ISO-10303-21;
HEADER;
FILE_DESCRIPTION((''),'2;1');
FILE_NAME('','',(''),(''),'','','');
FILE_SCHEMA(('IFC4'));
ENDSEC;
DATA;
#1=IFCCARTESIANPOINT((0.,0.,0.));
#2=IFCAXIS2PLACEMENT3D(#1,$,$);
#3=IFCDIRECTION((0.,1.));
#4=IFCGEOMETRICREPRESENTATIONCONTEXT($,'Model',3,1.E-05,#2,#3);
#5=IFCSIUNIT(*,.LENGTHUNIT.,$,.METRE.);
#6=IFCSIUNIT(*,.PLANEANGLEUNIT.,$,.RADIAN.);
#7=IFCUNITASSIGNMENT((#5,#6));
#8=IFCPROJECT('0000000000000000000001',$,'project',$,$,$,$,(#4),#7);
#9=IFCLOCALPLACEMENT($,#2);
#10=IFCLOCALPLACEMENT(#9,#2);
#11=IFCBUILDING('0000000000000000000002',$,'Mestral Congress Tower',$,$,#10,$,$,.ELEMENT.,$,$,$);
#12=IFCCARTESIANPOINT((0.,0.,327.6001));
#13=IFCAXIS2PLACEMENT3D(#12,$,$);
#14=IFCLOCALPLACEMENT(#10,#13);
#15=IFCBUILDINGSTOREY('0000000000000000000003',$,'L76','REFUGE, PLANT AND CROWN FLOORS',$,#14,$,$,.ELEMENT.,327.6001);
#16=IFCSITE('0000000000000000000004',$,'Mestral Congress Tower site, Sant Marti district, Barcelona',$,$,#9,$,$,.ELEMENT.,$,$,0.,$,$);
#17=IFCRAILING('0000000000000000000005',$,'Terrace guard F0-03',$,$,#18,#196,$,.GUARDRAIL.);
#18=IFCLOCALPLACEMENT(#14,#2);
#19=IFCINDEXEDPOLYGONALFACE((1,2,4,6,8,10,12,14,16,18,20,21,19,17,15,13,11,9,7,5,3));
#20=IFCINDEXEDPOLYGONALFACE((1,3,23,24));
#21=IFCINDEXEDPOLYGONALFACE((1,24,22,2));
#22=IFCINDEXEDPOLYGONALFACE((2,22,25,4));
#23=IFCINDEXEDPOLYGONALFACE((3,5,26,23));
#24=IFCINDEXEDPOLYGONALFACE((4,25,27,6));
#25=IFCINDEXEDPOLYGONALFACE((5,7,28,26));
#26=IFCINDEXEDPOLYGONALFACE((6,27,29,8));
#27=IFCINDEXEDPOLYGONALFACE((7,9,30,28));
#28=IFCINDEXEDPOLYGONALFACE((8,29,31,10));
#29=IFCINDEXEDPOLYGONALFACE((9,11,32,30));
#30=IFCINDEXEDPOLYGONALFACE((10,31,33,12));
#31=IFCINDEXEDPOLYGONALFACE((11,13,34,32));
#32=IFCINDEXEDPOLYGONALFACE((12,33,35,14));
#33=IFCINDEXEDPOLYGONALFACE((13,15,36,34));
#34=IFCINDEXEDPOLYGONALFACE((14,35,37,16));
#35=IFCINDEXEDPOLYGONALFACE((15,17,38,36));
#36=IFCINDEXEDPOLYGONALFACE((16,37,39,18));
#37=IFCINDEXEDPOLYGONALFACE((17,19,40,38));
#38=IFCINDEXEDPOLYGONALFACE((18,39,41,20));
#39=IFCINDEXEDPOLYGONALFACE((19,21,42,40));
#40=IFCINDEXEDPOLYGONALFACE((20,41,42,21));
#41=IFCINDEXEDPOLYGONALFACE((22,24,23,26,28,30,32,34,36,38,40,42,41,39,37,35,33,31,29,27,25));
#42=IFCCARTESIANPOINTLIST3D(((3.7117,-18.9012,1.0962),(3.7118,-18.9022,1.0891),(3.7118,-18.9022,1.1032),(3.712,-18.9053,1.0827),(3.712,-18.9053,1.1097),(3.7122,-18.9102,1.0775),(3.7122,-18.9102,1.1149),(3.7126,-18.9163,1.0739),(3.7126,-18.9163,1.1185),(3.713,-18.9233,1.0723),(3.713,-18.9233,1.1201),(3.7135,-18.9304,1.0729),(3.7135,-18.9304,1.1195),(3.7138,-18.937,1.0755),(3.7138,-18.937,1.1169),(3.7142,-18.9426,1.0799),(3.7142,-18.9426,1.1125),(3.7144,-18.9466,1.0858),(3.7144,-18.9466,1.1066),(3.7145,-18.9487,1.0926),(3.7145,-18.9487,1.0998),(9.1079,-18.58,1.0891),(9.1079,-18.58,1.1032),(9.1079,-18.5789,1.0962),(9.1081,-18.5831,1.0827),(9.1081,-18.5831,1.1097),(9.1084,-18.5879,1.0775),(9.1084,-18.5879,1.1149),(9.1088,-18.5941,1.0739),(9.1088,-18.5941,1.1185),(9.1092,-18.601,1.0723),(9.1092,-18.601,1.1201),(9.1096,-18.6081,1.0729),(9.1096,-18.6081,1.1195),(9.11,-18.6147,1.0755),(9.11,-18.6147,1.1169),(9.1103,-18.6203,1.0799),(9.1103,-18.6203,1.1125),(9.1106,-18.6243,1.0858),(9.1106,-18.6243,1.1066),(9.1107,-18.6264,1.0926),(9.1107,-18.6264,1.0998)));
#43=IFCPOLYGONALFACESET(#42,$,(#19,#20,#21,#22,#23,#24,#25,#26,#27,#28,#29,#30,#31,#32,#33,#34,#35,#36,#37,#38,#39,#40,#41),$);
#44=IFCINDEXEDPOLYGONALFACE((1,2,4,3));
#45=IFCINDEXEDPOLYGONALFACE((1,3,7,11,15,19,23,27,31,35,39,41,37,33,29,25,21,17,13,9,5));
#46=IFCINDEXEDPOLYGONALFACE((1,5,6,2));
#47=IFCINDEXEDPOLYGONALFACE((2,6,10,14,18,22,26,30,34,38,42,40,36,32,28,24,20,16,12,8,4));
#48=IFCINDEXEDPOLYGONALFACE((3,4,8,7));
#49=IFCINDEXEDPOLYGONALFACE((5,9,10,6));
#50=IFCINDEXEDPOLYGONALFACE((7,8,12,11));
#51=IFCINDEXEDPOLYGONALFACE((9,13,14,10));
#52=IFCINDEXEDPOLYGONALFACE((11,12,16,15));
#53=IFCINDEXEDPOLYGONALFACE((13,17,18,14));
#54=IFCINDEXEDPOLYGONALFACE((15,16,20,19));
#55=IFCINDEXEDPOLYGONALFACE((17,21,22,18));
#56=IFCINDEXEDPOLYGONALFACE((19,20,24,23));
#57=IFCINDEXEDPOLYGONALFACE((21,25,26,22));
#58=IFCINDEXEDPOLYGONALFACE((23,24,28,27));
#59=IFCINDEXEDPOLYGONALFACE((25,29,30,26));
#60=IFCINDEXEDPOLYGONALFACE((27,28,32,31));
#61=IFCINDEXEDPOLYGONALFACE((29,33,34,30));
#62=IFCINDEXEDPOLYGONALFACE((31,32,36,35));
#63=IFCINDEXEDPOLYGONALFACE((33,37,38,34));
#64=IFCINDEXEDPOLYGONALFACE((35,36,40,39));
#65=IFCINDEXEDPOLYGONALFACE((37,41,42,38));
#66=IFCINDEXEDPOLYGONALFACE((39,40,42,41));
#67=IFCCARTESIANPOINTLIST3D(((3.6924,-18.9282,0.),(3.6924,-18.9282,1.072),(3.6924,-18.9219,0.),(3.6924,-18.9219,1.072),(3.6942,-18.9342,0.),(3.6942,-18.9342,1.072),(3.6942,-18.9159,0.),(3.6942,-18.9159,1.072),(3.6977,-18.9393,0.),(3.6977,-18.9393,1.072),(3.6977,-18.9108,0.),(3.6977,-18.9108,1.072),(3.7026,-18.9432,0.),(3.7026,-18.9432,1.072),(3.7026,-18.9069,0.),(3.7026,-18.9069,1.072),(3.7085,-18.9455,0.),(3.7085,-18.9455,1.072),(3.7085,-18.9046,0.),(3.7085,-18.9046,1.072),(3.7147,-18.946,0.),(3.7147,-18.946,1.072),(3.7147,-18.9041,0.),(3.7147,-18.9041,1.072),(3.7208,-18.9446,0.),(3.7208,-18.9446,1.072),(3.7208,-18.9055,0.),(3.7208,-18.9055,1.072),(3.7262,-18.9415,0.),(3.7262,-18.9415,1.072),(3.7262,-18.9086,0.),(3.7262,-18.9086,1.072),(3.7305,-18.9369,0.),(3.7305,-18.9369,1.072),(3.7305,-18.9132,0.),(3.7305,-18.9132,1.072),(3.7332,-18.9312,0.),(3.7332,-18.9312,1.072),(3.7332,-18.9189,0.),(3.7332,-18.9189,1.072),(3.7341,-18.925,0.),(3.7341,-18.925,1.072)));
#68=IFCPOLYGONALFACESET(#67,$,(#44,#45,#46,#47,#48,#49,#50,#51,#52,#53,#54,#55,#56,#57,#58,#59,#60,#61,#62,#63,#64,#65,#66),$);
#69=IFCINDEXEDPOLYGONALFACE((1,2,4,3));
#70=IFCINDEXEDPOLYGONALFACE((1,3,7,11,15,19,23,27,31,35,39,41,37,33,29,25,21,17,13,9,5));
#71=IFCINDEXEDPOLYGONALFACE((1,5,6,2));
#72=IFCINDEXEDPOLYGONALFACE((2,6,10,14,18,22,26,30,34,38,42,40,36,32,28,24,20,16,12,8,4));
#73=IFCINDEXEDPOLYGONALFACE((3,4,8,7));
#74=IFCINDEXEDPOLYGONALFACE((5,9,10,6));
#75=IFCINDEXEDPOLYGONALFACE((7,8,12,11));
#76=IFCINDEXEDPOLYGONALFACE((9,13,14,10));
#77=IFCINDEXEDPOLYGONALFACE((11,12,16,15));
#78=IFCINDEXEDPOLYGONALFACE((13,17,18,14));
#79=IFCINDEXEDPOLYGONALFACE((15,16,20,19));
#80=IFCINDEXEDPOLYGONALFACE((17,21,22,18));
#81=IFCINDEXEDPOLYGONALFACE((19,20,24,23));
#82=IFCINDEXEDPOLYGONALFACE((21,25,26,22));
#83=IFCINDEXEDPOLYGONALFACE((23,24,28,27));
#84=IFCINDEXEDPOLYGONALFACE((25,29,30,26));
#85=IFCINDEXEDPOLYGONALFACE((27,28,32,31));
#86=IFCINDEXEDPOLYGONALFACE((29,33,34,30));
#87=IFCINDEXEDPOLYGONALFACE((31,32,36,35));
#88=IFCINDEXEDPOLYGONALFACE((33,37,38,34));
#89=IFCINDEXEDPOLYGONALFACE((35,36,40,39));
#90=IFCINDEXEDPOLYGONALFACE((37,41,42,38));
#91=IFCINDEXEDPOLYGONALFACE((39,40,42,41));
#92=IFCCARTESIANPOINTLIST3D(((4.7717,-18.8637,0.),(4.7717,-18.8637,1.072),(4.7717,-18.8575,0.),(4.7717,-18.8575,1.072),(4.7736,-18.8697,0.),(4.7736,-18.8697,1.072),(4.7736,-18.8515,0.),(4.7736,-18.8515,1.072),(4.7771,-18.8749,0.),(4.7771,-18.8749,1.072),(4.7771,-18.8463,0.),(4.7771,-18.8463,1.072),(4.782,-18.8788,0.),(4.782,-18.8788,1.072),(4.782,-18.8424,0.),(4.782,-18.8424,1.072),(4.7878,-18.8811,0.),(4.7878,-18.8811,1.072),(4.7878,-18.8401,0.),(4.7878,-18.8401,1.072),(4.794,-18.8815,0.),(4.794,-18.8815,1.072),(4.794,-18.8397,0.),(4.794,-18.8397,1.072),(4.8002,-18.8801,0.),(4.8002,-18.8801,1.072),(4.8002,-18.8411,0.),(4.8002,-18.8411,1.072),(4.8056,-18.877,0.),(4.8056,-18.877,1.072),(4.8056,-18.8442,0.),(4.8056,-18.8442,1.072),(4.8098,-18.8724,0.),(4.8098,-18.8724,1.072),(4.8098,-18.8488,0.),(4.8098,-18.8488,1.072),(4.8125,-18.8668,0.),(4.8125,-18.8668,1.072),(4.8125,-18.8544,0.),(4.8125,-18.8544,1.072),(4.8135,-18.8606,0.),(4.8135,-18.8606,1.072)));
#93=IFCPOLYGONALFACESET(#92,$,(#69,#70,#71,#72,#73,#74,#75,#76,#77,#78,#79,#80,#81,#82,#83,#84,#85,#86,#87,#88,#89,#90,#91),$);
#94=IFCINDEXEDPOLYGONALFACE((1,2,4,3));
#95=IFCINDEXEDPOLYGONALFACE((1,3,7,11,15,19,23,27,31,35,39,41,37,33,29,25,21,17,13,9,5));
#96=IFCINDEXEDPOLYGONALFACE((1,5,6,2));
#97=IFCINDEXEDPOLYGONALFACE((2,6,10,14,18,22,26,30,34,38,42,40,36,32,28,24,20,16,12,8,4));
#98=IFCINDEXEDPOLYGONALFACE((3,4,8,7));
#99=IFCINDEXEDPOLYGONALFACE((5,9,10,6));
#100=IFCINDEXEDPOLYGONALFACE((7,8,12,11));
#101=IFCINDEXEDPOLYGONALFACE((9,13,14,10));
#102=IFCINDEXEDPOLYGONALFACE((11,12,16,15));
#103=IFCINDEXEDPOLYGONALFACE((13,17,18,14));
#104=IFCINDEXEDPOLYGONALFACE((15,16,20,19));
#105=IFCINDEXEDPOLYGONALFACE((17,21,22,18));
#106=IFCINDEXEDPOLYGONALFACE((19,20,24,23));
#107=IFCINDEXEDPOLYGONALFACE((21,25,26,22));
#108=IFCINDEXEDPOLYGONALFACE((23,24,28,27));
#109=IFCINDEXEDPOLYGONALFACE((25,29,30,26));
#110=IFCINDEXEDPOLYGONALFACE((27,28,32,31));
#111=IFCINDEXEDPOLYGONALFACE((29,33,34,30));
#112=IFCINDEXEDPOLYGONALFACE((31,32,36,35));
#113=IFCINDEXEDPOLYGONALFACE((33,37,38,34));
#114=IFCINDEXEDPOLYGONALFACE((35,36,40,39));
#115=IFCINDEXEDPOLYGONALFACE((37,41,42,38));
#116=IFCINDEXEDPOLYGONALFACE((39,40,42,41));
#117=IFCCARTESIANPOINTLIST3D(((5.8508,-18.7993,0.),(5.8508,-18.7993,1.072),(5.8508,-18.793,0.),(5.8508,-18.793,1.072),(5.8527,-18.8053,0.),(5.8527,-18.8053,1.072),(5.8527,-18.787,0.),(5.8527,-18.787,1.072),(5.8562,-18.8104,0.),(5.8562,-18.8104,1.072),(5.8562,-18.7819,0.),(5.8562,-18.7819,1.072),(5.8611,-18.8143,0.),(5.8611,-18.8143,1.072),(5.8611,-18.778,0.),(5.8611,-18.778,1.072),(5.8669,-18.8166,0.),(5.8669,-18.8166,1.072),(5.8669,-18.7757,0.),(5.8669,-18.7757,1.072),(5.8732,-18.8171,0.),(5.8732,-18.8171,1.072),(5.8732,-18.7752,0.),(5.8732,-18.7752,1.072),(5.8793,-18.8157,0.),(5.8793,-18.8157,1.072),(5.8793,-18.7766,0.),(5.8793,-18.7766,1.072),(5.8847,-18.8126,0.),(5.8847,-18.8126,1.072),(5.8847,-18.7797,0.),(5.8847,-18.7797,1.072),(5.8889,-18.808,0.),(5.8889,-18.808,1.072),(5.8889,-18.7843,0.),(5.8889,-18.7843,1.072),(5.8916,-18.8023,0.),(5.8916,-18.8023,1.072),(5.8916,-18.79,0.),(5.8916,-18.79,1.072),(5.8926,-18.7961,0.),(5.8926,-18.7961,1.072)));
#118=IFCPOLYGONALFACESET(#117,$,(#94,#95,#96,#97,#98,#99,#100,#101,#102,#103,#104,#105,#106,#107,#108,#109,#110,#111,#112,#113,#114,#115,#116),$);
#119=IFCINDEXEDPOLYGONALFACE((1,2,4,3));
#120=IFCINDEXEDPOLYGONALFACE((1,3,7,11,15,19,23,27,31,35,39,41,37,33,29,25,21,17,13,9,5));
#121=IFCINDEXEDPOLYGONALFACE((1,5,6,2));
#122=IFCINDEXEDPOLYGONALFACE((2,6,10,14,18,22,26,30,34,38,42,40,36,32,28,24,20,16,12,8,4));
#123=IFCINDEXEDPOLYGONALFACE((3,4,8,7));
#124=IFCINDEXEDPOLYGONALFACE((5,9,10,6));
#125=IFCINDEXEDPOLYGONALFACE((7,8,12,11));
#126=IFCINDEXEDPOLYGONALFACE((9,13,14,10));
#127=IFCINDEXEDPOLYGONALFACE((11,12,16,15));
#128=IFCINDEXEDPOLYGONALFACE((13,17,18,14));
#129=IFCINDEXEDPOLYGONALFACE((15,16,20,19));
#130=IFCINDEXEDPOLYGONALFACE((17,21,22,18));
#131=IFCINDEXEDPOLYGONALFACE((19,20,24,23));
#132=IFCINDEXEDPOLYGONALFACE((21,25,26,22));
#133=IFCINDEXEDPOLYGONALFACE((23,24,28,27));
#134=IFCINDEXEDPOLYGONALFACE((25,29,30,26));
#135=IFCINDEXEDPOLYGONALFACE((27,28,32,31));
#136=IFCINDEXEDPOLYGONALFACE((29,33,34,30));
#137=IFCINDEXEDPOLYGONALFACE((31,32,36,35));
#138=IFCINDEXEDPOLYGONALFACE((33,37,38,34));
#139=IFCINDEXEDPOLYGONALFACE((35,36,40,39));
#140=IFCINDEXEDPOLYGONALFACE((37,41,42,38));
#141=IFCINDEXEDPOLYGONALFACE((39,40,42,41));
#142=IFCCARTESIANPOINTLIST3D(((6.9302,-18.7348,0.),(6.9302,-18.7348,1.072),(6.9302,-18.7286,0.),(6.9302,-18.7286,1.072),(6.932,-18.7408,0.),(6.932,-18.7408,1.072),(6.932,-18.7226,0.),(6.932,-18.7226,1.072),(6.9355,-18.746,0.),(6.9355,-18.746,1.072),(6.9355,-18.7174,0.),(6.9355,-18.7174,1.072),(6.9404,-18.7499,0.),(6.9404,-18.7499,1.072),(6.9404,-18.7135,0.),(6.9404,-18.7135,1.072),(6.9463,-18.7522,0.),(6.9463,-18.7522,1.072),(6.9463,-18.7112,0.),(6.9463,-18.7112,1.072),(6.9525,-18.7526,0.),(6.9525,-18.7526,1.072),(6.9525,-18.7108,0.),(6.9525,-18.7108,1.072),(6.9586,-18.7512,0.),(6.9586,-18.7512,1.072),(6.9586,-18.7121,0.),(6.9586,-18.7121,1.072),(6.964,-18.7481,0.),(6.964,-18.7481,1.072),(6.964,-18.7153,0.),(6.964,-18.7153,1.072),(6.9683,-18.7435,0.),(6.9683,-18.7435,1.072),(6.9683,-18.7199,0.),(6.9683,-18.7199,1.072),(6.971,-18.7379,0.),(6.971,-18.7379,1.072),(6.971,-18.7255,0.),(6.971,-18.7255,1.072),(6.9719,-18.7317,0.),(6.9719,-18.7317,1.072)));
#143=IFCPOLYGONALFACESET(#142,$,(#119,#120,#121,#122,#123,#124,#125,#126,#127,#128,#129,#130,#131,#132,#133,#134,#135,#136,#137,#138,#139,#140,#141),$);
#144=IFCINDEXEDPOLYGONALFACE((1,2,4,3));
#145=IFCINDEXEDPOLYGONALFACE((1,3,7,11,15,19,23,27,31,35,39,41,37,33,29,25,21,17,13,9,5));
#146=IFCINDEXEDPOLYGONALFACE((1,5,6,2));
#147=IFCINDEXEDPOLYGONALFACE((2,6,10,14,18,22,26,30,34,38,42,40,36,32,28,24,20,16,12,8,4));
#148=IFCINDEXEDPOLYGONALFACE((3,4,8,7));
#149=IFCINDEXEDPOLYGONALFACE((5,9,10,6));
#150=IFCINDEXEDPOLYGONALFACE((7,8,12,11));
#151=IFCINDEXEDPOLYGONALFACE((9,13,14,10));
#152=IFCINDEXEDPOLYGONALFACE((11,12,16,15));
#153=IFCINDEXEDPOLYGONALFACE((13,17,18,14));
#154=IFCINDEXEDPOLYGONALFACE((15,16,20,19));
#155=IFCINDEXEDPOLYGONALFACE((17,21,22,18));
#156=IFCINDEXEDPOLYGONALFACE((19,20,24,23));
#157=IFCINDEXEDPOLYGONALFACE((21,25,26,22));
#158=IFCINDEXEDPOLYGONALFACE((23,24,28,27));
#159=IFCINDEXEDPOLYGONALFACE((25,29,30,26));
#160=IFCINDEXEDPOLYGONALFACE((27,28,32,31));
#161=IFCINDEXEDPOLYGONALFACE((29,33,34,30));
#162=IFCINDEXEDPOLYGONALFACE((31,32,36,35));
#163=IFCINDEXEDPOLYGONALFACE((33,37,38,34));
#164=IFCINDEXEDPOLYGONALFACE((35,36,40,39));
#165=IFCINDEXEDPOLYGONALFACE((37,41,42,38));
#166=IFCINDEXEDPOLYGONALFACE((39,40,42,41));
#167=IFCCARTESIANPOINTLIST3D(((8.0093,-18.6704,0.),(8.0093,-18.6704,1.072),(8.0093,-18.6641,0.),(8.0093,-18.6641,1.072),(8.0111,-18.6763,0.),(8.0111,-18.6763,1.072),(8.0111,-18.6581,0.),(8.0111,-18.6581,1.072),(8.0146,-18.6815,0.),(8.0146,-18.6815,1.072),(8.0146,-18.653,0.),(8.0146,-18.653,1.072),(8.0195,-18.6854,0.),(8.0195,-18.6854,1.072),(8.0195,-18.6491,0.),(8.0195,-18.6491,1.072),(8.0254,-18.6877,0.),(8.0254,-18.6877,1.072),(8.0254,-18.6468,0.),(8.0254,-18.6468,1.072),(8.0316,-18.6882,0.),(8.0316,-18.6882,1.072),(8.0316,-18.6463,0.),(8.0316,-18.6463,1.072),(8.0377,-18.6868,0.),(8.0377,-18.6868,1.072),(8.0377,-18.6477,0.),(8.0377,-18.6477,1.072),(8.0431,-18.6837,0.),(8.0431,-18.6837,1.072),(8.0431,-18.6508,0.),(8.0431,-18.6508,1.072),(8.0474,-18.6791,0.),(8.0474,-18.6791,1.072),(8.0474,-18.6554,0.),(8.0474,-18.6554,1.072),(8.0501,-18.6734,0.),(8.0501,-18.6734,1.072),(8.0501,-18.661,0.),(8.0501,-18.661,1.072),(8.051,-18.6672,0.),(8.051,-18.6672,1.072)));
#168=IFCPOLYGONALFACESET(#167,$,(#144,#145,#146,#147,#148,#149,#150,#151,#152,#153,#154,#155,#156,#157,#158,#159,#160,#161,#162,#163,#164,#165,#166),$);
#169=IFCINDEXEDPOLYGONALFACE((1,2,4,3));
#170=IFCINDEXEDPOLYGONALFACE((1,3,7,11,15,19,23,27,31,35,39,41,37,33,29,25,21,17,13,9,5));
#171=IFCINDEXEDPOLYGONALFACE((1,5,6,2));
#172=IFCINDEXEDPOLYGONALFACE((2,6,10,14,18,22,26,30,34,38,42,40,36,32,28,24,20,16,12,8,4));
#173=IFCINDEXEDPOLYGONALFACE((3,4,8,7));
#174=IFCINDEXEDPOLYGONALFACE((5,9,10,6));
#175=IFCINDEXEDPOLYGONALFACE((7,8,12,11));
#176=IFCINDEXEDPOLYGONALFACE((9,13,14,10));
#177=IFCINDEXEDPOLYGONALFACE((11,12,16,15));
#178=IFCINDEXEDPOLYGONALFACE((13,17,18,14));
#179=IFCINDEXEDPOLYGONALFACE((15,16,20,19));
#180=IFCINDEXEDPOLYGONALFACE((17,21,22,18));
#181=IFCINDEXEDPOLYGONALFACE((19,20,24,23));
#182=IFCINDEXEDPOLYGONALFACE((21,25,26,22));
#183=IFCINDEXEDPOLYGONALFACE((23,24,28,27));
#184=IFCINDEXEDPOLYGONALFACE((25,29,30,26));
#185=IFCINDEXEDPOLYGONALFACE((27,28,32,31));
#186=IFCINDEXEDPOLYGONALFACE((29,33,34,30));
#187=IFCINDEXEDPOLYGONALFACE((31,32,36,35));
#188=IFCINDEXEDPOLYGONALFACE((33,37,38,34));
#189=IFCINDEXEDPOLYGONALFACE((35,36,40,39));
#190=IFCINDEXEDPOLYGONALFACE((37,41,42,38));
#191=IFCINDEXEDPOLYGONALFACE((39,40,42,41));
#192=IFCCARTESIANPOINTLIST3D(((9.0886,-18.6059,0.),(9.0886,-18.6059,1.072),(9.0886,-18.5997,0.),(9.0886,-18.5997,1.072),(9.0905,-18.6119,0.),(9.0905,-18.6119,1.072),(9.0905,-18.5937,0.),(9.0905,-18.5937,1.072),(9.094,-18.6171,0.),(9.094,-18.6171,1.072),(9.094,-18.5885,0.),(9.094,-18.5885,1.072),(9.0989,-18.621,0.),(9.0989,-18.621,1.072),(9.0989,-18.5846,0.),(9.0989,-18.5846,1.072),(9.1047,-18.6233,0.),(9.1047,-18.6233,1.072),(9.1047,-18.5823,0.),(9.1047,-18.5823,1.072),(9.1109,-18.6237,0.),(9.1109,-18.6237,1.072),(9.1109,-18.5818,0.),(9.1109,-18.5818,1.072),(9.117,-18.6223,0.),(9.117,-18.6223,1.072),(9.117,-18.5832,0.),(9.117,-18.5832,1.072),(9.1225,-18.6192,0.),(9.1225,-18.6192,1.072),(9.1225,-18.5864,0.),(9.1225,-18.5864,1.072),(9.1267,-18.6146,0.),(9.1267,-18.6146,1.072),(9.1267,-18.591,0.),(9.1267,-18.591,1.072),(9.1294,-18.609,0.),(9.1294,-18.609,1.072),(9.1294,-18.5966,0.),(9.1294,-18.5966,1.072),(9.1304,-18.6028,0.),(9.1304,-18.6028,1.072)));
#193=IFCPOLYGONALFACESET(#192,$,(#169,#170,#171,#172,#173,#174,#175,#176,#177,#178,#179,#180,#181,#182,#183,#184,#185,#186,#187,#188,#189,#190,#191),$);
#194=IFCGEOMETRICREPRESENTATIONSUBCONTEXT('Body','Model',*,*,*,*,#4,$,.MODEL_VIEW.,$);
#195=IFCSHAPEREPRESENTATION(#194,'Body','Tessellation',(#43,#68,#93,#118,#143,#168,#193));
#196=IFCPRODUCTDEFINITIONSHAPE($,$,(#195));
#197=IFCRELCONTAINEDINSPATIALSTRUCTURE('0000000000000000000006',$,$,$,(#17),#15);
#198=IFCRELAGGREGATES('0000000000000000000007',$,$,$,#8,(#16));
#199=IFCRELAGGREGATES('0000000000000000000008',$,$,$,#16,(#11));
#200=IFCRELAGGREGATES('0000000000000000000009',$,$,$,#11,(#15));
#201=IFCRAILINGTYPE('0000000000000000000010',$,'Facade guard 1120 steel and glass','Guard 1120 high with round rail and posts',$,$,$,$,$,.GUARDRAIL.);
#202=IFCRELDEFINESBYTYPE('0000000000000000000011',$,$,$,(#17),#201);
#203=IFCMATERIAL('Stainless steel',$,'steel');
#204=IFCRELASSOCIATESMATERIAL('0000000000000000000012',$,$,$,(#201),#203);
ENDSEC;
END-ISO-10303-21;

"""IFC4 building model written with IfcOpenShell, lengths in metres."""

from ifc_helpers import new_model, si_unit, direction, frame, origin, origin_2d, place, context, subcontext, project, spatial, circle, extrude, material, type_object, element, save


model = new_model("IFC4")

# Units and contexts
model_context = context("Model", 3, precision=1e-05, world=origin(), true_north=direction((0.0, 1.0)))
body_context = subcontext(model_context, "Body", "Model", "MODEL_VIEW")
ifc_project = project(units=[si_unit("LENGTHUNIT", "METRE"), si_unit("PLANEANGLEUNIT", "RADIAN")], contexts=[model_context])

# Site, building, storey
site_placement = place(None, origin())
site = spatial("IfcSite", under=ifc_project, at=site_placement, Name="Mestral Congress Tower site, Sant Marti district, Barcelona", CompositionType="ELEMENT", RefElevation=0.0)
building_placement = place(site_placement, origin())
building = spatial("IfcBuilding", under=site, at=building_placement, Name="Mestral Congress Tower", CompositionType="ELEMENT")
storey_placement = place(building_placement, frame((0.0, 0.0, 327.6001)))
storey = spatial("IfcBuildingStorey", under=building, at=storey_placement, Name="L76", Description="REFUGE, PLANT AND CROWN FLOORS", CompositionType="ELEMENT", Elevation=327.6001)

# Railing
ifc_material_1 = material(Name="Stainless steel", Category="steel")
railing_type = type_object("IfcRailingType", Name="Facade guard 1120 steel and glass", Description="Guard 1120 high with round rail and posts", PredefinedType="GUARDRAIL", material=ifc_material_1)
railing_1_placement = place(storey_placement, frame((3.7131, -18.925, 0.0)))
element("IfcRailing", 1, at=railing_1_placement, inside=storey, type_object=railing_type, Name="Terrace guard F0-03", PredefinedType="GUARDRAIL", context=body_context, shape_type="SweptSolid", body=[
    extrude(circle(Radius=0.0239, at=origin_2d()), frame((0.0, 0.0, 1.0962), z_axis=(0.998221, 0.059614, 0.0), x_axis=(-0.059614, 0.998221, 0.0)), (0.0, 0.0, 1.0), 5.4058),
    extrude(circle(Radius=0.021, at=origin_2d()), origin(), (0.0, 0.0, 1.0), 1.072),
    extrude(circle(Radius=0.021, at=origin_2d()), frame((1.0793, 0.0645, 0.0)), (0.0, 0.0, 1.0), 1.072),
    extrude(circle(Radius=0.021, at=origin_2d()), frame((2.1584, 0.1289, 0.0)), (0.0, 0.0, 1.0), 1.072),
    extrude(circle(Radius=0.021, at=origin_2d()), frame((3.2378, 0.1934, 0.0)), (0.0, 0.0, 1.0), 1.072),
    extrude(circle(Radius=0.021, at=origin_2d()), frame((4.3169, 0.2578, 0.0)), (0.0, 0.0, 1.0), 1.072),
    extrude(circle(Radius=0.021, at=origin_2d()), frame((5.3962, 0.3223, 0.0)), (0.0, 0.0, 1.0), 1.072),
])

save(model, "model.ifc")
